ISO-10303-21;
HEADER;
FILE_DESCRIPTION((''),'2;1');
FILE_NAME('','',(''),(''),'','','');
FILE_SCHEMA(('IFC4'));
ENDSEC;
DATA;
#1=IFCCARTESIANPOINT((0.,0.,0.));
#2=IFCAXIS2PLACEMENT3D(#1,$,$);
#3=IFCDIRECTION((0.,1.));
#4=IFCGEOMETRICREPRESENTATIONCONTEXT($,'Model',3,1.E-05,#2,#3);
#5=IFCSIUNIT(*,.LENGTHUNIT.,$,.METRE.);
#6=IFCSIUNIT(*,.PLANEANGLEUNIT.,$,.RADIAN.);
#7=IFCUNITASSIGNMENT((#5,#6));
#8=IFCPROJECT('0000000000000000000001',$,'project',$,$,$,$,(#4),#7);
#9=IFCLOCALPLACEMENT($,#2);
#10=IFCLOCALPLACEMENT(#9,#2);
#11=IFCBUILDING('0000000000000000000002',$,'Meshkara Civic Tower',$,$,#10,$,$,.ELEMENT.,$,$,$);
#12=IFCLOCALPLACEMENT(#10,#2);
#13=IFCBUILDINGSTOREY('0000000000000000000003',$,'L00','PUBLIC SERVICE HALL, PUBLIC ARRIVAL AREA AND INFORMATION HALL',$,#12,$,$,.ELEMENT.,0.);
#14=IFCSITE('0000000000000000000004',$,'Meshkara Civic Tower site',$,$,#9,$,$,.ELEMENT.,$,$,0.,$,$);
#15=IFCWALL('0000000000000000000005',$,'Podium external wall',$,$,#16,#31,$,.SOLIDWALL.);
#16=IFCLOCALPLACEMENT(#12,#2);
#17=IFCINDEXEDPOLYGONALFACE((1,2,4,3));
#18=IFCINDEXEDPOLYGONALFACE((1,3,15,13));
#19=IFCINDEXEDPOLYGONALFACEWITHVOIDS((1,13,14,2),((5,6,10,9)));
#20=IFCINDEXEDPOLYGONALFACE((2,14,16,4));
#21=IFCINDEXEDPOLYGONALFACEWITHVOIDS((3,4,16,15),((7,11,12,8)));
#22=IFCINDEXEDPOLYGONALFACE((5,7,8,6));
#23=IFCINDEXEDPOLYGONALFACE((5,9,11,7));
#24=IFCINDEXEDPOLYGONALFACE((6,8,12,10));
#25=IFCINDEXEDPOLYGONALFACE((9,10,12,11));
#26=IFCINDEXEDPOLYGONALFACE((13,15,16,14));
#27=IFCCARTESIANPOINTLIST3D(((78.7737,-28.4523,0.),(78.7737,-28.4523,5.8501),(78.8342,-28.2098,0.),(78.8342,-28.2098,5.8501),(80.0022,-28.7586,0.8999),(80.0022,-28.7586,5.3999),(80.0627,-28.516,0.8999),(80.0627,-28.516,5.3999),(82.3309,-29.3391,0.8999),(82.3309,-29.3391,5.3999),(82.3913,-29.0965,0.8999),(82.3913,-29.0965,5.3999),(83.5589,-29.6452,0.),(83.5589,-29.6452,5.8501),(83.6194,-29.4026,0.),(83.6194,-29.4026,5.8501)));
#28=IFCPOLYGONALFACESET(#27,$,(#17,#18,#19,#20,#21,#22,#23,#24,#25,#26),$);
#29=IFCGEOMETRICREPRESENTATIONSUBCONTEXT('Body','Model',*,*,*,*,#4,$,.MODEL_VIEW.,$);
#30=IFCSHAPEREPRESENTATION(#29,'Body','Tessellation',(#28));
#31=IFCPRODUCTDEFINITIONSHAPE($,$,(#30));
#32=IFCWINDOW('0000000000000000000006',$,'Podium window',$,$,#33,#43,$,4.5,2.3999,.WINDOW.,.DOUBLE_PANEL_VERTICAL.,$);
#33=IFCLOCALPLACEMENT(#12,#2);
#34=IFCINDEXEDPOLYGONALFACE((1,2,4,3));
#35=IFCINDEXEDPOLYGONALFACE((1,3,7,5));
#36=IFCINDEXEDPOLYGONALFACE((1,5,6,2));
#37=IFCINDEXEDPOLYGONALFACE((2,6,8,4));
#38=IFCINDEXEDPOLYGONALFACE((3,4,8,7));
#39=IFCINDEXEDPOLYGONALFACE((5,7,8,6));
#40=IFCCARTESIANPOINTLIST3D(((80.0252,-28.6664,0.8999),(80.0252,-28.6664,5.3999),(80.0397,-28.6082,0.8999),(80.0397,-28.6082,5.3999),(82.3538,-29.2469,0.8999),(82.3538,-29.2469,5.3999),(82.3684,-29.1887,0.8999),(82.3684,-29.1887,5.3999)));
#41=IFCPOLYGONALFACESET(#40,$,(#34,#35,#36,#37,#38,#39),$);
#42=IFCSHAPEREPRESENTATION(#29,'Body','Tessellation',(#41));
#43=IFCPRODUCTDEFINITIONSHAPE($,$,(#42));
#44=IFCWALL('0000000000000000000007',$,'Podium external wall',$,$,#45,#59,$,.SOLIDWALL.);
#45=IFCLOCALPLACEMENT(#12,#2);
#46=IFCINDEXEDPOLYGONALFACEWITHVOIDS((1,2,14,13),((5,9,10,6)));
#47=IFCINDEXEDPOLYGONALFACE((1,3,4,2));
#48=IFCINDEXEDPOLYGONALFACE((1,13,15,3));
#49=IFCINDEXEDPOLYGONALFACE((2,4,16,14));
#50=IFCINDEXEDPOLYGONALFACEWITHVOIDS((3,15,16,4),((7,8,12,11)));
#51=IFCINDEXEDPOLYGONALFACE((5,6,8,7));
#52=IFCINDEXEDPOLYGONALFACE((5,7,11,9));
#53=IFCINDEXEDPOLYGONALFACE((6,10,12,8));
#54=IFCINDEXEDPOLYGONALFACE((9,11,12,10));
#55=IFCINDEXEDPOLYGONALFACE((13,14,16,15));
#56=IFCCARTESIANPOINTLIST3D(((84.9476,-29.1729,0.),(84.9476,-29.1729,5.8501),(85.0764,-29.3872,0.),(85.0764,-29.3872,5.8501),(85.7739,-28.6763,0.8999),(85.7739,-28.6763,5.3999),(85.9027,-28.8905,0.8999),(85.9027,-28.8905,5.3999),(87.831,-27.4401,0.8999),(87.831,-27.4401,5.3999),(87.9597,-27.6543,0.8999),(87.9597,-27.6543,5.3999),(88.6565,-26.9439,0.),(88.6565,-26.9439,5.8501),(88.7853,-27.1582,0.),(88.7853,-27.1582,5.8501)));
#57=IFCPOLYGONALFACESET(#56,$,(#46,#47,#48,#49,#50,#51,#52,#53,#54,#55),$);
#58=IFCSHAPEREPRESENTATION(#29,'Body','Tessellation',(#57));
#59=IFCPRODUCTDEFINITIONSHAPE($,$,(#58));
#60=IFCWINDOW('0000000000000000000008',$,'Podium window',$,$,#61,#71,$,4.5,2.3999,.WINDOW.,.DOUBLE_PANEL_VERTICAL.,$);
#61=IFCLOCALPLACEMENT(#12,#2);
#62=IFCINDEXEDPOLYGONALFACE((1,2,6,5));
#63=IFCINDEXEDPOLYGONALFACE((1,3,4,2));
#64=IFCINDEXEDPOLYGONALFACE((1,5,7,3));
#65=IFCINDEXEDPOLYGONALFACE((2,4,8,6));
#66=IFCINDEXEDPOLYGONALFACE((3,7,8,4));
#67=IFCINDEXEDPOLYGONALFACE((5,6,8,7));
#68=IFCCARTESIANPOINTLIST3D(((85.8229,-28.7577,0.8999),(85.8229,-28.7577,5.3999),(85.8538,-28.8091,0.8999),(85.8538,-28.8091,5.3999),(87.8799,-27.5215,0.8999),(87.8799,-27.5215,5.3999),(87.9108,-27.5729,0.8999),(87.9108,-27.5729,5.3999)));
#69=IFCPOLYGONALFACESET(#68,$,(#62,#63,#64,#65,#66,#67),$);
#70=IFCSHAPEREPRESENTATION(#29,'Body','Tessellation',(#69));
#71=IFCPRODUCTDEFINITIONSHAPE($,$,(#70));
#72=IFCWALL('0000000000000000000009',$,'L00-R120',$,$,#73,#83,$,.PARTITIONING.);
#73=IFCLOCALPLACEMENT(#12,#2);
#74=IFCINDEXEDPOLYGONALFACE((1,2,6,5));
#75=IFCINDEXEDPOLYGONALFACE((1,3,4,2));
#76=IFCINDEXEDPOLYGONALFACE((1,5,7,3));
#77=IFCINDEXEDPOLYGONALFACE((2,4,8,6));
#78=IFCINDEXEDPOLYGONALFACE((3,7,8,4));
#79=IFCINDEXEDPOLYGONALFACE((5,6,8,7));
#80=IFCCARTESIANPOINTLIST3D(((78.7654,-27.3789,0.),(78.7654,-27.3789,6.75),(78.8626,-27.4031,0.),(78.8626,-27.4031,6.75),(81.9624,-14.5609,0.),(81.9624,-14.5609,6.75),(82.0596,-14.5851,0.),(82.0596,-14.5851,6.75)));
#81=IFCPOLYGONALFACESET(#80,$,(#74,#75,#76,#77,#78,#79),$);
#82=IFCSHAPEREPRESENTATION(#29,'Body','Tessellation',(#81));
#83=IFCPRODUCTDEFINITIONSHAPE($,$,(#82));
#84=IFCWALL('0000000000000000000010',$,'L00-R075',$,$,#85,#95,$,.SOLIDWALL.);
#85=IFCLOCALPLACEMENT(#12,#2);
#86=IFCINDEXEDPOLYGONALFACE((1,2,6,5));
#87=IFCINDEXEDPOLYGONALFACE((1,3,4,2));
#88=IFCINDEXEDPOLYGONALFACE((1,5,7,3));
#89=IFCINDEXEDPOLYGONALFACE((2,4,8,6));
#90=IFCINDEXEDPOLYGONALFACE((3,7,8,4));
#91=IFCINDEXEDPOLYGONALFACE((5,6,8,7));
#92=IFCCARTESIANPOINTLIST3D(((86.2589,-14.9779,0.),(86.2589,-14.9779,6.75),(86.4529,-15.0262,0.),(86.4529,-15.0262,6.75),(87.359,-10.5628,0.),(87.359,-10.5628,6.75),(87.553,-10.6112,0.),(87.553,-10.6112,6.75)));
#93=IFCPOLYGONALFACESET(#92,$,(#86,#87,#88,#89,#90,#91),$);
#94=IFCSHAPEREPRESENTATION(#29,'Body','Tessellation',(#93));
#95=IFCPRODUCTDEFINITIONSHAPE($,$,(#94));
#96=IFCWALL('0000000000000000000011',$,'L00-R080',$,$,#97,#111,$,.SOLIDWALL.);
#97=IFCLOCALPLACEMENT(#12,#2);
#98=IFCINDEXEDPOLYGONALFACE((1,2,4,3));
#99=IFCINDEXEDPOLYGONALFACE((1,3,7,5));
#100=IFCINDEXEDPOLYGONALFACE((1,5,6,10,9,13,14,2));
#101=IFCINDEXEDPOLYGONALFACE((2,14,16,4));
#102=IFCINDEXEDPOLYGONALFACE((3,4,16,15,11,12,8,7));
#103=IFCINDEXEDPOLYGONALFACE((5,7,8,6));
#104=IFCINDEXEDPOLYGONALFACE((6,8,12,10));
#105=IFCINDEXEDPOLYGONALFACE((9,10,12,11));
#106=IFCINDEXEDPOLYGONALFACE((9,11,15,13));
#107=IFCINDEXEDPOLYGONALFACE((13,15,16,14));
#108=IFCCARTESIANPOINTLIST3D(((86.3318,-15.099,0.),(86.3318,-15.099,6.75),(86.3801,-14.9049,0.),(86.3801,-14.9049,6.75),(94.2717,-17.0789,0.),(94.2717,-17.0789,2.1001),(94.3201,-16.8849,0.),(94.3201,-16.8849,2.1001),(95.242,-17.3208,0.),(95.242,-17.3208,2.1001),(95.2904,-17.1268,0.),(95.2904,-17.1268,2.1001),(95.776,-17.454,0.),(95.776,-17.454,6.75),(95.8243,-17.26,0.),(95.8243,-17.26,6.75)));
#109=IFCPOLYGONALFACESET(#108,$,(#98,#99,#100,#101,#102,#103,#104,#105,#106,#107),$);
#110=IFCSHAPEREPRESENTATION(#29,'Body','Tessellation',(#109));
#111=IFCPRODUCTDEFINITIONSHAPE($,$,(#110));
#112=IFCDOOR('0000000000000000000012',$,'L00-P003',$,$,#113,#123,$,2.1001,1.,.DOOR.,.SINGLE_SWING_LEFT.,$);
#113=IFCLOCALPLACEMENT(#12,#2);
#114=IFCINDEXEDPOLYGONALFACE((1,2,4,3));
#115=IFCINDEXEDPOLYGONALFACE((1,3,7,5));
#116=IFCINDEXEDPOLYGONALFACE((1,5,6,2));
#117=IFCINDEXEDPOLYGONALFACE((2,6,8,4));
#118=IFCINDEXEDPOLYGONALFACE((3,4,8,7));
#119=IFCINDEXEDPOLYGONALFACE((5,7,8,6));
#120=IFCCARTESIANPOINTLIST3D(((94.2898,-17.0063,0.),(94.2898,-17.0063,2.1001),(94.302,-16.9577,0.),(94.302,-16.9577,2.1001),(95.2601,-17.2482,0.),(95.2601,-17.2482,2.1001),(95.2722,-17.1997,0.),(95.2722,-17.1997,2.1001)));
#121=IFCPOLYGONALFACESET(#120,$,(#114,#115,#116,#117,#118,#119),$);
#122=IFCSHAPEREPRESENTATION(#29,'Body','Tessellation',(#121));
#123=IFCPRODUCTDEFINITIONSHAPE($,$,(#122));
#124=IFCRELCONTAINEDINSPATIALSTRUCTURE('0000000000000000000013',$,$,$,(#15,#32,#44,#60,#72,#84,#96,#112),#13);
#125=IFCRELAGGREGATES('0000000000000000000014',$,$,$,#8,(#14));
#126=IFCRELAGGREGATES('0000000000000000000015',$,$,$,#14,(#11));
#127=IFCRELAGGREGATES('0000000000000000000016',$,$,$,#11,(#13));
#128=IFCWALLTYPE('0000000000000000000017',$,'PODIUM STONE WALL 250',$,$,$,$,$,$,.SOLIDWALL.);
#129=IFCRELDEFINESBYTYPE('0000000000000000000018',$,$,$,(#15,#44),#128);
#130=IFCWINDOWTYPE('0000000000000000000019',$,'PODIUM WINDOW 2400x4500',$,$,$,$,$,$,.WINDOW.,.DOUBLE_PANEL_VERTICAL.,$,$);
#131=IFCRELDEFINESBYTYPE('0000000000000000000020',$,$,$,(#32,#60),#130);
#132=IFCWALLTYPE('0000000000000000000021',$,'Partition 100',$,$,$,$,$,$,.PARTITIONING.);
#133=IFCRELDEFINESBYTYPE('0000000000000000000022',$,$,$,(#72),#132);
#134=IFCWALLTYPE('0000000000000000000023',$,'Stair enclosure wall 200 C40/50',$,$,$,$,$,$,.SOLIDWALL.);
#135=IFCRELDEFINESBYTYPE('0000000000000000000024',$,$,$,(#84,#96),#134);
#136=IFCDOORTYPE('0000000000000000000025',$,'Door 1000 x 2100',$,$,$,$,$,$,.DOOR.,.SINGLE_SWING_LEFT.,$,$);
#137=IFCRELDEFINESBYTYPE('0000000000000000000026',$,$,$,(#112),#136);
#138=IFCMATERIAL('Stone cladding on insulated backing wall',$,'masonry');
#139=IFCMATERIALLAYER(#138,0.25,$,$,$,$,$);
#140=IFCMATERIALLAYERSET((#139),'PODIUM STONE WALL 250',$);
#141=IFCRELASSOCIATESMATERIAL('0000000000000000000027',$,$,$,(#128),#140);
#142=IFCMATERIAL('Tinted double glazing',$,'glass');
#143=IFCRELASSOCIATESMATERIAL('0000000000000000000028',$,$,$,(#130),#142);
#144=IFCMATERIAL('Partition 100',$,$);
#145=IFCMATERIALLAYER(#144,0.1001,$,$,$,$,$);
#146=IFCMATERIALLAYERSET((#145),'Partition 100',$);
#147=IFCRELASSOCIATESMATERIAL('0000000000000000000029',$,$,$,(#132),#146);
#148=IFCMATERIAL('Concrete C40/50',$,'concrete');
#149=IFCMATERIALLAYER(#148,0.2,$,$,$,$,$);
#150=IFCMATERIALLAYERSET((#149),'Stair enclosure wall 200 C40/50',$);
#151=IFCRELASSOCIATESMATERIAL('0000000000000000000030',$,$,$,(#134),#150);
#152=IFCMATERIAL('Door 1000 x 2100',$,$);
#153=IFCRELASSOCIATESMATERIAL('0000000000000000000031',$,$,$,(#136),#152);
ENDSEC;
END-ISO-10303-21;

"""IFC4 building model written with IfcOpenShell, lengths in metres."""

from ifc_helpers import new_model, si_unit, direction, frame, frame_2d, origin, place, context, subcontext, project, spatial, rectangle, extrude, material, layer, layer_set, type_object, element, fill, save


model = new_model("IFC4")

# Units and contexts
model_context = context("Model", 3, precision=1e-05, world=origin(), true_north=direction((0.0, 1.0)))
body_context = subcontext(model_context, "Body", "Model", "MODEL_VIEW")
ifc_project = project(units=[si_unit("LENGTHUNIT", "METRE"), si_unit("PLANEANGLEUNIT", "RADIAN")], contexts=[model_context])

# Site, building, storey
site_placement = place(None, origin())
site = spatial("IfcSite", under=ifc_project, at=site_placement, Name="Meshkara Civic Tower site", CompositionType="ELEMENT", RefElevation=0.0)
building_placement = place(site_placement, origin())
building = spatial("IfcBuilding", under=site, at=building_placement, Name="Meshkara Civic Tower", CompositionType="ELEMENT")
storey_placement = place(building_placement, origin())
storey = spatial("IfcBuildingStorey", under=building, at=storey_placement, Name="L00", Description="PUBLIC SERVICE HALL, PUBLIC ARRIVAL AREA AND INFORMATION HALL", CompositionType="ELEMENT", Elevation=0.0)

# Walls, openings, windows
ifc_material_1 = material(Name="Stone cladding on insulated backing wall", Category="masonry")
ifc_layer_1 = layer(ifc_material_1, 0.25)
ifc_layer_set_1 = layer_set([ifc_layer_1], Name="PODIUM STONE WALL 250")
wall_type_1 = type_object("IfcWallType", Name="PODIUM STONE WALL 250", PredefinedType="SOLIDWALL", material=ifc_layer_set_1)
wall_1_placement = place(storey_placement, frame((78.804, -28.3311, 0.0), z_axis=(0.0, 0.0, 1.0), x_axis=(0.970305, -0.241883, 0.0)))
wall_1 = element("IfcWall", 1, at=wall_1_placement, inside=storey, type_object=wall_type_1, Name="Podium external wall", PredefinedType="SOLIDWALL", context=body_context, shape_type="SweptSolid", body=[
    extrude(rectangle(XDim=4.9316, YDim=0.25, at=frame_2d((2.4658, 0.0))), origin(), (0.0, 0.0, 1.0), 5.8501),
])
opening_1_placement = place(wall_1_placement, frame((1.2661, 0.0, 0.8999)))
opening_1 = element("IfcOpeningElement", 2, at=opening_1_placement, cuts=wall_1, PredefinedType="OPENING", context=body_context, shape_type="SweptSolid", body=[
    extrude(rectangle(XDim=2.3999, YDim=4.5, at=frame_2d((1.2, 2.25))), frame((0.0, 0.135, 0.0), z_axis=(0.0, -1.0, 0.0), x_axis=(1.0, 0.0, 0.0)), (0.0, 0.0, 1.0), 0.27),
])
ifc_material_2 = material(Name="Tinted double glazing", Category="glass")
window_type = type_object("IfcWindowType", Name="PODIUM WINDOW 2400x4500", PartitioningType="DOUBLE_PANEL_VERTICAL", PredefinedType="WINDOW", material=ifc_material_2)
window_1_placement = place(opening_1_placement, origin())
window_1 = element("IfcWindow", 3, at=window_1_placement, inside=storey, type_object=window_type, Name="Podium window", OverallHeight=4.5, OverallWidth=2.3999, PartitioningType="DOUBLE_PANEL_VERTICAL", PredefinedType="WINDOW", context=body_context, shape_type="SweptSolid", body=[
    extrude(rectangle(XDim=2.3999, YDim=4.5, at=frame_2d((1.2, 2.25))), frame((0.0, 0.03, 0.0), z_axis=(0.0, -1.0, 0.0), x_axis=(1.0, 0.0, 0.0)), (0.0, 0.0, 1.0), 0.0601),
])
fill(opening_1, window_1)
wall_2_placement = place(storey_placement, frame((85.012, -29.28, 0.0), z_axis=(0.0, 0.0, 1.0), x_axis=(0.857124, 0.51511, 0.0)))
wall_2 = element("IfcWall", 4, at=wall_2_placement, inside=storey, type_object=wall_type_1, Name="Podium external wall", PredefinedType="SOLIDWALL", context=body_context, shape_type="SweptSolid", body=[
    extrude(rectangle(XDim=4.3271, YDim=0.25, at=frame_2d((2.1636, 0.0))), origin(), (0.0, 0.0, 1.0), 5.8501),
])
opening_2_placement = place(wall_2_placement, frame((0.9641, 0.0, 0.8999)))
opening_2 = element("IfcOpeningElement", 5, at=opening_2_placement, cuts=wall_2, PredefinedType="OPENING", context=body_context, shape_type="SweptSolid", body=[
    extrude(rectangle(XDim=2.3999, YDim=4.5, at=frame_2d((1.2, 2.25))), frame((0.0, 0.135, 0.0), z_axis=(0.0, -1.0, 0.0), x_axis=(1.0, 0.0, 0.0)), (0.0, 0.0, 1.0), 0.27),
])
window_2_placement = place(opening_2_placement, origin())
window_2 = element("IfcWindow", 6, at=window_2_placement, inside=storey, type_object=window_type, Name="Podium window", OverallHeight=4.5, OverallWidth=2.3999, PartitioningType="DOUBLE_PANEL_VERTICAL", PredefinedType="WINDOW", context=body_context, shape_type="SweptSolid", body=[
    extrude(rectangle(XDim=2.3999, YDim=4.5, at=frame_2d((1.2, 2.25))), frame((0.0, 0.03, 0.0), z_axis=(0.0, -1.0, 0.0), x_axis=(1.0, 0.0, 0.0)), (0.0, 0.0, 1.0), 0.0601),
])
fill(opening_2, window_2)

# Walls
ifc_material_3 = material(Name="Partition 100")
ifc_layer_2 = layer(ifc_material_3, 0.1001)
ifc_layer_set_2 = layer_set([ifc_layer_2], Name="Partition 100")
wall_type_2 = type_object("IfcWallType", Name="Partition 100", PredefinedType="PARTITIONING", material=ifc_layer_set_2)
wall_3_placement = place(storey_placement, frame((78.814, -27.3911, 0.0), z_axis=(0.0, 0.0, 1.0), x_axis=(0.242001, 0.970276, 0.0)))
element("IfcWall", 7, at=wall_3_placement, inside=storey, type_object=wall_type_2, Name="L00-R120", PredefinedType="PARTITIONING", context=body_context, shape_type="SweptSolid", body=[
    extrude(rectangle(XDim=13.2107, YDim=0.1001, at=frame_2d((6.6055, 0.0))), origin(), (0.0, 0.0, 1.0), 6.75),
])
ifc_material_4 = material(Name="Concrete C40/50", Category="concrete")
ifc_layer_3 = layer(ifc_material_4, 0.2)
ifc_layer_set_3 = layer_set([ifc_layer_3], Name="Stair enclosure wall 200 C40/50")
wall_type_3 = type_object("IfcWallType", Name="Stair enclosure wall 200 C40/50", PredefinedType="SOLIDWALL", material=ifc_layer_set_3)
wall_4_placement = place(storey_placement, frame((86.356, -15.002, 0.0), z_axis=(0.0, 0.0, 1.0), x_axis=(0.241778, 0.970332, 0.0)))
element("IfcWall", 8, at=wall_4_placement, inside=storey, type_object=wall_type_3, Name="L00-R075", PredefinedType="SOLIDWALL", context=body_context, shape_type="SweptSolid", body=[
    extrude(rectangle(XDim=4.55, YDim=0.2, at=frame_2d((2.2749, 0.0))), origin(), (0.0, 0.0, 1.0), 6.75),
])

# Wall, opening, door
wall_5_placement = place(storey_placement, frame((86.356, -15.002, 0.0), z_axis=(0.0, 0.0, 1.0), x_axis=(0.970288, -0.241951, 0.0)))
wall_5 = element("IfcWall", 9, at=wall_5_placement, inside=storey, type_object=wall_type_3, Name="L00-R080", PredefinedType="SOLIDWALL", context=body_context, shape_type="SweptSolid", body=[
    extrude(rectangle(XDim=9.7334, YDim=0.2, at=frame_2d((4.8667, 0.0))), origin(), (0.0, 0.0, 1.0), 6.75),
])
opening_3_placement = place(wall_5_placement, frame((8.1831, 0.0, 0.0)))
opening_3 = element("IfcOpeningElement", 10, at=opening_3_placement, cuts=wall_5, PredefinedType="OPENING", context=body_context, shape_type="SweptSolid", body=[
    extrude(rectangle(XDim=1.0, YDim=2.1001, at=frame_2d((0.5, 1.05))), frame((0.0, 0.1099, 0.0), z_axis=(0.0, -1.0, 0.0), x_axis=(1.0, 0.0, 0.0)), (0.0, 0.0, 1.0), 0.22),
])
ifc_material_5 = material(Name="Door 1000 x 2100")
door_type_1 = type_object("IfcDoorType", Name="Door 1000 x 2100", OperationType="SINGLE_SWING_LEFT", PredefinedType="DOOR", material=ifc_material_5)
door_1_placement = place(opening_3_placement, origin())
door_1 = element("IfcDoor", 11, at=door_1_placement, inside=storey, type_object=door_type_1, Name="L00-P003", OperationType="SINGLE_SWING_LEFT", OverallHeight=2.1001, OverallWidth=1.0, PredefinedType="DOOR", context=body_context, shape_type="SweptSolid", body=[
    extrude(rectangle(XDim=1.0, YDim=2.1001, at=frame_2d((0.5, 1.05))), frame((0.0, 0.0249, 0.0), z_axis=(0.0, -1.0, 0.0), x_axis=(1.0, 0.0, 0.0)), (0.0, 0.0, 1.0), 0.05),
])
fill(opening_3, door_1)

save(model, "model.ifc")
